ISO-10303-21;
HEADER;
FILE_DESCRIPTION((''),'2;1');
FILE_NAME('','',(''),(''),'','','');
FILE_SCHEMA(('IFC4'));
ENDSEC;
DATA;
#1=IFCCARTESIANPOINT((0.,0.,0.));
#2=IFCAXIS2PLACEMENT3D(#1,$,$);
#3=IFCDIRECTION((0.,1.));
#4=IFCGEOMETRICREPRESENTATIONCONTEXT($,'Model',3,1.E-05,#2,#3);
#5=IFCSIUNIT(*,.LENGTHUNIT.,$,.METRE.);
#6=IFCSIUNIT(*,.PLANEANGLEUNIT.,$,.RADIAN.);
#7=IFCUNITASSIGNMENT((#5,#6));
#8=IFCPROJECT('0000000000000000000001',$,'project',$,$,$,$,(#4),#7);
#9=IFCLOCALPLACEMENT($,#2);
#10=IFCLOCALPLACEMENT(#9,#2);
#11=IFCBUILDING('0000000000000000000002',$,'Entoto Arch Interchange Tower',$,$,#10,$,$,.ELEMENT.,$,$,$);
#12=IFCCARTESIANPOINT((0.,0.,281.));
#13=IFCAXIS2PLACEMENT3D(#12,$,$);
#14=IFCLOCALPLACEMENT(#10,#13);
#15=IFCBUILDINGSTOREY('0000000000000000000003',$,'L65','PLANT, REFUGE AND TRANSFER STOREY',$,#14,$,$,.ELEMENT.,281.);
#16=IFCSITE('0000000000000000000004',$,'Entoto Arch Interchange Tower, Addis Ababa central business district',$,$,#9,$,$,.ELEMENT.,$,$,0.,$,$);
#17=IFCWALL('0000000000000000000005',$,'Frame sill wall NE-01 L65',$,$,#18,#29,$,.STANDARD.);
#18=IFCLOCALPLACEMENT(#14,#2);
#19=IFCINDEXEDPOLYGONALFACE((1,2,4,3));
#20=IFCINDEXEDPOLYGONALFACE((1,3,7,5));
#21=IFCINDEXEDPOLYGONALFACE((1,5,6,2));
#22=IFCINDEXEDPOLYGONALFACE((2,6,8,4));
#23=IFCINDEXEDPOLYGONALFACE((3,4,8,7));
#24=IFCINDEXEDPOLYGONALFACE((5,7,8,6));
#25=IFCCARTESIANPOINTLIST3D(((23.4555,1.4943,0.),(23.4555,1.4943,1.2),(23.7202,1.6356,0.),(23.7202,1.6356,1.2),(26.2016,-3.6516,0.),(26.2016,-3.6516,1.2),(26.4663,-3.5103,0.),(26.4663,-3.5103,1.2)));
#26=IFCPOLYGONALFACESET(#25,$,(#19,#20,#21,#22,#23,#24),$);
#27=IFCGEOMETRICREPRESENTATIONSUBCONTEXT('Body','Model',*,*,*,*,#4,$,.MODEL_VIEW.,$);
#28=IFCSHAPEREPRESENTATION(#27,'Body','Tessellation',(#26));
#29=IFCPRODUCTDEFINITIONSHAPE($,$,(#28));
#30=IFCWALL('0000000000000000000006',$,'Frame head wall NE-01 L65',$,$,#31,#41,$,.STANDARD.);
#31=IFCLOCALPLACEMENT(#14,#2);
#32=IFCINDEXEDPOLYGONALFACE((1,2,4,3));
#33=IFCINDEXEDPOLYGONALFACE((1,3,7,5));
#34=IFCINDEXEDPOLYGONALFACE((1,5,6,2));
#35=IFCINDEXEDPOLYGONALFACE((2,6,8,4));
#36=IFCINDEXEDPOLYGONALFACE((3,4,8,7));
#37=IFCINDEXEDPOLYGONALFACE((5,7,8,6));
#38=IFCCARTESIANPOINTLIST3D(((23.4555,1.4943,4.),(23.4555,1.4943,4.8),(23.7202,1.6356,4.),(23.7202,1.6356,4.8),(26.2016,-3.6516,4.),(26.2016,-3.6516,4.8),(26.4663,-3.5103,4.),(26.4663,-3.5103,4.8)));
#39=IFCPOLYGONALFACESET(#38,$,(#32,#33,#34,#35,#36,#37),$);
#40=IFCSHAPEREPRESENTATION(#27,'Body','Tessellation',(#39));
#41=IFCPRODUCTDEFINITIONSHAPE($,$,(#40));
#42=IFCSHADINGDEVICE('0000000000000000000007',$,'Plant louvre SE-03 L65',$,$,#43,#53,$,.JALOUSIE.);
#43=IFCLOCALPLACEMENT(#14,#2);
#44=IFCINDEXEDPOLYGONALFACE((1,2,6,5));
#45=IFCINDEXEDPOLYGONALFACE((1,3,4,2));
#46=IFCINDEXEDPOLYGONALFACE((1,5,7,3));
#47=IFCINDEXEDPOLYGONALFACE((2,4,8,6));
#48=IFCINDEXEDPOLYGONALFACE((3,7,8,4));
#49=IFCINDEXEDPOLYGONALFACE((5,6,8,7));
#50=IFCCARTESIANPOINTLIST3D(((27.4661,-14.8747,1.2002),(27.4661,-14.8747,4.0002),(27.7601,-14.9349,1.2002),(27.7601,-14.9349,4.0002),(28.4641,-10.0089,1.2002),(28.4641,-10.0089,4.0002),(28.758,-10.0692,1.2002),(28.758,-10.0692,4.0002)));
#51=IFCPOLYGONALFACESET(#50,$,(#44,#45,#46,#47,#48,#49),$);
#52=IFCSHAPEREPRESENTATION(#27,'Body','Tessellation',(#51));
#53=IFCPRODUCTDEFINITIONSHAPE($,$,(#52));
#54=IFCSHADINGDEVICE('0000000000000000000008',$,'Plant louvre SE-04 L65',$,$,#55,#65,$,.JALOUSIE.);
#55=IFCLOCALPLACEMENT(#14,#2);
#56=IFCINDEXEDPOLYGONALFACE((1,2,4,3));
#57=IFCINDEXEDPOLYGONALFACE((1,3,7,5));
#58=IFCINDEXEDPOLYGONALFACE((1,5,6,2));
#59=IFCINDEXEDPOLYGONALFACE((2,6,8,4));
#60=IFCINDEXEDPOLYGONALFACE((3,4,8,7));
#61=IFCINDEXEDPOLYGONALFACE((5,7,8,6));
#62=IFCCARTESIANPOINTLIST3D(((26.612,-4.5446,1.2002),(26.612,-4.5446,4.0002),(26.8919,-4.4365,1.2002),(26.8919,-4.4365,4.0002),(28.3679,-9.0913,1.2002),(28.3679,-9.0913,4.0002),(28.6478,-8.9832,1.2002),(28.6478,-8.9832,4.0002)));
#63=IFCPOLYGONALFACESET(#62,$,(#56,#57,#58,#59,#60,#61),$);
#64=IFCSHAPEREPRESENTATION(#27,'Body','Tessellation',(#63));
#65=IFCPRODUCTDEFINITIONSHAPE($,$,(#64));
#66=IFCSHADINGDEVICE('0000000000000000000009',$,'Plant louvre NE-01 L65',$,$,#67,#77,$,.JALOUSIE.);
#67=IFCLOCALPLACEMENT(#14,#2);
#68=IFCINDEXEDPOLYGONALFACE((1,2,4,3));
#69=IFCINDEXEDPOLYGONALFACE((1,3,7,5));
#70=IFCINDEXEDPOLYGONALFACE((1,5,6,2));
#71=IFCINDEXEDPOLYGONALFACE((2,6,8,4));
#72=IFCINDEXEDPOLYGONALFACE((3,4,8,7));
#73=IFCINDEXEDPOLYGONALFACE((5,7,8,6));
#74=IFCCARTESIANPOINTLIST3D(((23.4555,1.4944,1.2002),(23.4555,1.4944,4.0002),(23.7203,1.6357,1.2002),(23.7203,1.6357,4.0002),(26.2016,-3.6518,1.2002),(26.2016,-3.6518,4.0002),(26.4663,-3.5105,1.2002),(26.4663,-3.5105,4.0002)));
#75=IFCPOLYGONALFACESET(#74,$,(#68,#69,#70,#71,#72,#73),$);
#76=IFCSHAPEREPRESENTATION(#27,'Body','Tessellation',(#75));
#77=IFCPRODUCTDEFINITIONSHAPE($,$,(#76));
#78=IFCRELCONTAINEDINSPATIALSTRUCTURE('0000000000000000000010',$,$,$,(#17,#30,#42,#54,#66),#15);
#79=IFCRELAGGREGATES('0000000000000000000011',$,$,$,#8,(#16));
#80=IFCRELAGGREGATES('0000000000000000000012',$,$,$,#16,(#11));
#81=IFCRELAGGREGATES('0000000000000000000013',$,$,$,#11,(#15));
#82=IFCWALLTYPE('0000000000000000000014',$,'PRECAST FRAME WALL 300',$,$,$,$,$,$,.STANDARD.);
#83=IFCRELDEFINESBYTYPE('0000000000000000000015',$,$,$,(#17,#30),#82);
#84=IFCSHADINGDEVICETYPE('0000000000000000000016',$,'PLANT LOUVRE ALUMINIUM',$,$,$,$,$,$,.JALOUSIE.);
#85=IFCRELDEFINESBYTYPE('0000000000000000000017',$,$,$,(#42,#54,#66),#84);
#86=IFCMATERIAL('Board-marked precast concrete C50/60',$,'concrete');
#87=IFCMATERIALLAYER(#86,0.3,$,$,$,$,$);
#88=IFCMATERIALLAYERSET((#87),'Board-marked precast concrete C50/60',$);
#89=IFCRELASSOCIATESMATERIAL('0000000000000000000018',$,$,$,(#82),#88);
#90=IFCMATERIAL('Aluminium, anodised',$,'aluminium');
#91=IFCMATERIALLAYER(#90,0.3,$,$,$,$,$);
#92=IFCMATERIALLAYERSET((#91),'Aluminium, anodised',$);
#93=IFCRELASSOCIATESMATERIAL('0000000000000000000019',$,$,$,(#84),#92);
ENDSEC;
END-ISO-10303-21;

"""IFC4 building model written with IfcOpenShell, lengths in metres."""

from ifc_helpers import new_model, si_unit, direction, frame, frame_2d, origin, origin_2d, place, context, subcontext, project, spatial, rectangle, extrude, material, layer, layer_set, type_object, element, save


model = new_model("IFC4")

# Units and contexts
model_context = context("Model", 3, precision=1e-05, world=origin(), true_north=direction((0.0, 1.0)))
body_context = subcontext(model_context, "Body", "Model", "MODEL_VIEW")
ifc_project = project(units=[si_unit("LENGTHUNIT", "METRE"), si_unit("PLANEANGLEUNIT", "RADIAN")], contexts=[model_context])

# Site, building, storey
site_placement = place(None, origin())
site = spatial("IfcSite", under=ifc_project, at=site_placement, Name="Entoto Arch Interchange Tower, Addis Ababa central business district", CompositionType="ELEMENT", RefElevation=0.0)
building_placement = place(site_placement, origin())
building = spatial("IfcBuilding", under=site, at=building_placement, Name="Entoto Arch Interchange Tower", CompositionType="ELEMENT")
storey_placement = place(building_placement, frame((0.0, 0.0, 281.0)))
storey = spatial("IfcBuildingStorey", under=building, at=storey_placement, Name="L65", Description="PLANT, REFUGE AND TRANSFER STOREY", CompositionType="ELEMENT", Elevation=281.0)

# Walls
ifc_material_1 = material(Name="Board-marked precast concrete C50/60", Category="concrete")
ifc_layer_1 = layer(ifc_material_1, 0.3)
ifc_layer_set_1 = layer_set([ifc_layer_1], Name="Board-marked precast concrete C50/60")
wall_type_1 = type_object("IfcWallType", Name="PRECAST FRAME WALL 300", PredefinedType="STANDARD", material=ifc_layer_set_1)
wall_1_placement = place(storey_placement, frame((26.334, -3.5811, 0.0), z_axis=(0.0, 0.0, 1.0), x_axis=(-0.470797, 0.882242, 0.0)))
element("IfcWall", 1, at=wall_1_placement, inside=storey, type_object=wall_type_1, Name="Frame sill wall NE-01 L65", PredefinedType="STANDARD", context=body_context, shape_type="SweptSolid", body=[
    extrude(rectangle(XDim=5.8328, YDim=0.3, at=frame_2d((2.9165, 0.0))), origin(), (0.0, 0.0, 1.0), 1.2),
])
wall_2_placement = place(storey_placement, frame((26.334, -3.5811, 4.0), z_axis=(0.0, 0.0, 1.0), x_axis=(-0.470797, 0.882242, 0.0)))
element("IfcWall", 2, at=wall_2_placement, inside=storey, type_object=wall_type_1, Name="Frame head wall NE-01 L65", PredefinedType="STANDARD", context=body_context, shape_type="SweptSolid", body=[
    extrude(rectangle(XDim=5.8328, YDim=0.3, at=frame_2d((2.9165, 0.0))), origin(), (0.0, 0.0, 1.0), 0.8),
])

# Shading devices
ifc_material_2 = material(Name="Aluminium, anodised", Category="aluminium")
ifc_layer_2 = layer(ifc_material_2, 0.3)
ifc_layer_set_2 = layer_set([ifc_layer_2], Name="Aluminium, anodised")
shading_device_type = type_object("IfcShadingDeviceType", Name="PLANT LOUVRE ALUMINIUM", PredefinedType="JALOUSIE", material=ifc_layer_set_2)
shading_device_1_placement = place(storey_placement, frame((28.1121, -12.4719, 1.2002), z_axis=(0.0, 0.0, 1.0), x_axis=(0.200907, 0.97961, 0.0)))
element("IfcShadingDevice", 3, at=shading_device_1_placement, inside=storey, type_object=shading_device_type, Name="Plant louvre SE-03 L65", PredefinedType="JALOUSIE", context=body_context, shape_type="SweptSolid", body=[
    extrude(rectangle(XDim=4.967, YDim=0.3, at=origin_2d()), origin(), (0.0, 0.0, 1.0), 2.8),
])
shading_device_2_placement = place(storey_placement, frame((27.6299, -6.7639, 1.2002), z_axis=(0.0, 0.0, 1.0), x_axis=(-0.360257, 0.932853, 0.0)))
element("IfcShadingDevice", 4, at=shading_device_2_placement, inside=storey, type_object=shading_device_type, Name="Plant louvre SE-04 L65", PredefinedType="JALOUSIE", context=body_context, shape_type="SweptSolid", body=[
    extrude(rectangle(XDim=4.874, YDim=0.3, at=origin_2d()), origin(), (0.0, 0.0, 1.0), 2.8),
])
shading_device_3_placement = place(storey_placement, frame((24.9609, -1.0081, 1.2002), z_axis=(0.0, 0.0, 1.0), x_axis=(-0.470781, 0.88225, 0.0)))
element("IfcShadingDevice", 5, at=shading_device_3_placement, inside=storey, type_object=shading_device_type, Name="Plant louvre NE-01 L65", PredefinedType="JALOUSIE", context=body_context, shape_type="SweptSolid", body=[
    extrude(rectangle(XDim=5.833, YDim=0.3, at=origin_2d()), origin(), (0.0, 0.0, 1.0), 2.8),
])

save(model, "model.ifc")
